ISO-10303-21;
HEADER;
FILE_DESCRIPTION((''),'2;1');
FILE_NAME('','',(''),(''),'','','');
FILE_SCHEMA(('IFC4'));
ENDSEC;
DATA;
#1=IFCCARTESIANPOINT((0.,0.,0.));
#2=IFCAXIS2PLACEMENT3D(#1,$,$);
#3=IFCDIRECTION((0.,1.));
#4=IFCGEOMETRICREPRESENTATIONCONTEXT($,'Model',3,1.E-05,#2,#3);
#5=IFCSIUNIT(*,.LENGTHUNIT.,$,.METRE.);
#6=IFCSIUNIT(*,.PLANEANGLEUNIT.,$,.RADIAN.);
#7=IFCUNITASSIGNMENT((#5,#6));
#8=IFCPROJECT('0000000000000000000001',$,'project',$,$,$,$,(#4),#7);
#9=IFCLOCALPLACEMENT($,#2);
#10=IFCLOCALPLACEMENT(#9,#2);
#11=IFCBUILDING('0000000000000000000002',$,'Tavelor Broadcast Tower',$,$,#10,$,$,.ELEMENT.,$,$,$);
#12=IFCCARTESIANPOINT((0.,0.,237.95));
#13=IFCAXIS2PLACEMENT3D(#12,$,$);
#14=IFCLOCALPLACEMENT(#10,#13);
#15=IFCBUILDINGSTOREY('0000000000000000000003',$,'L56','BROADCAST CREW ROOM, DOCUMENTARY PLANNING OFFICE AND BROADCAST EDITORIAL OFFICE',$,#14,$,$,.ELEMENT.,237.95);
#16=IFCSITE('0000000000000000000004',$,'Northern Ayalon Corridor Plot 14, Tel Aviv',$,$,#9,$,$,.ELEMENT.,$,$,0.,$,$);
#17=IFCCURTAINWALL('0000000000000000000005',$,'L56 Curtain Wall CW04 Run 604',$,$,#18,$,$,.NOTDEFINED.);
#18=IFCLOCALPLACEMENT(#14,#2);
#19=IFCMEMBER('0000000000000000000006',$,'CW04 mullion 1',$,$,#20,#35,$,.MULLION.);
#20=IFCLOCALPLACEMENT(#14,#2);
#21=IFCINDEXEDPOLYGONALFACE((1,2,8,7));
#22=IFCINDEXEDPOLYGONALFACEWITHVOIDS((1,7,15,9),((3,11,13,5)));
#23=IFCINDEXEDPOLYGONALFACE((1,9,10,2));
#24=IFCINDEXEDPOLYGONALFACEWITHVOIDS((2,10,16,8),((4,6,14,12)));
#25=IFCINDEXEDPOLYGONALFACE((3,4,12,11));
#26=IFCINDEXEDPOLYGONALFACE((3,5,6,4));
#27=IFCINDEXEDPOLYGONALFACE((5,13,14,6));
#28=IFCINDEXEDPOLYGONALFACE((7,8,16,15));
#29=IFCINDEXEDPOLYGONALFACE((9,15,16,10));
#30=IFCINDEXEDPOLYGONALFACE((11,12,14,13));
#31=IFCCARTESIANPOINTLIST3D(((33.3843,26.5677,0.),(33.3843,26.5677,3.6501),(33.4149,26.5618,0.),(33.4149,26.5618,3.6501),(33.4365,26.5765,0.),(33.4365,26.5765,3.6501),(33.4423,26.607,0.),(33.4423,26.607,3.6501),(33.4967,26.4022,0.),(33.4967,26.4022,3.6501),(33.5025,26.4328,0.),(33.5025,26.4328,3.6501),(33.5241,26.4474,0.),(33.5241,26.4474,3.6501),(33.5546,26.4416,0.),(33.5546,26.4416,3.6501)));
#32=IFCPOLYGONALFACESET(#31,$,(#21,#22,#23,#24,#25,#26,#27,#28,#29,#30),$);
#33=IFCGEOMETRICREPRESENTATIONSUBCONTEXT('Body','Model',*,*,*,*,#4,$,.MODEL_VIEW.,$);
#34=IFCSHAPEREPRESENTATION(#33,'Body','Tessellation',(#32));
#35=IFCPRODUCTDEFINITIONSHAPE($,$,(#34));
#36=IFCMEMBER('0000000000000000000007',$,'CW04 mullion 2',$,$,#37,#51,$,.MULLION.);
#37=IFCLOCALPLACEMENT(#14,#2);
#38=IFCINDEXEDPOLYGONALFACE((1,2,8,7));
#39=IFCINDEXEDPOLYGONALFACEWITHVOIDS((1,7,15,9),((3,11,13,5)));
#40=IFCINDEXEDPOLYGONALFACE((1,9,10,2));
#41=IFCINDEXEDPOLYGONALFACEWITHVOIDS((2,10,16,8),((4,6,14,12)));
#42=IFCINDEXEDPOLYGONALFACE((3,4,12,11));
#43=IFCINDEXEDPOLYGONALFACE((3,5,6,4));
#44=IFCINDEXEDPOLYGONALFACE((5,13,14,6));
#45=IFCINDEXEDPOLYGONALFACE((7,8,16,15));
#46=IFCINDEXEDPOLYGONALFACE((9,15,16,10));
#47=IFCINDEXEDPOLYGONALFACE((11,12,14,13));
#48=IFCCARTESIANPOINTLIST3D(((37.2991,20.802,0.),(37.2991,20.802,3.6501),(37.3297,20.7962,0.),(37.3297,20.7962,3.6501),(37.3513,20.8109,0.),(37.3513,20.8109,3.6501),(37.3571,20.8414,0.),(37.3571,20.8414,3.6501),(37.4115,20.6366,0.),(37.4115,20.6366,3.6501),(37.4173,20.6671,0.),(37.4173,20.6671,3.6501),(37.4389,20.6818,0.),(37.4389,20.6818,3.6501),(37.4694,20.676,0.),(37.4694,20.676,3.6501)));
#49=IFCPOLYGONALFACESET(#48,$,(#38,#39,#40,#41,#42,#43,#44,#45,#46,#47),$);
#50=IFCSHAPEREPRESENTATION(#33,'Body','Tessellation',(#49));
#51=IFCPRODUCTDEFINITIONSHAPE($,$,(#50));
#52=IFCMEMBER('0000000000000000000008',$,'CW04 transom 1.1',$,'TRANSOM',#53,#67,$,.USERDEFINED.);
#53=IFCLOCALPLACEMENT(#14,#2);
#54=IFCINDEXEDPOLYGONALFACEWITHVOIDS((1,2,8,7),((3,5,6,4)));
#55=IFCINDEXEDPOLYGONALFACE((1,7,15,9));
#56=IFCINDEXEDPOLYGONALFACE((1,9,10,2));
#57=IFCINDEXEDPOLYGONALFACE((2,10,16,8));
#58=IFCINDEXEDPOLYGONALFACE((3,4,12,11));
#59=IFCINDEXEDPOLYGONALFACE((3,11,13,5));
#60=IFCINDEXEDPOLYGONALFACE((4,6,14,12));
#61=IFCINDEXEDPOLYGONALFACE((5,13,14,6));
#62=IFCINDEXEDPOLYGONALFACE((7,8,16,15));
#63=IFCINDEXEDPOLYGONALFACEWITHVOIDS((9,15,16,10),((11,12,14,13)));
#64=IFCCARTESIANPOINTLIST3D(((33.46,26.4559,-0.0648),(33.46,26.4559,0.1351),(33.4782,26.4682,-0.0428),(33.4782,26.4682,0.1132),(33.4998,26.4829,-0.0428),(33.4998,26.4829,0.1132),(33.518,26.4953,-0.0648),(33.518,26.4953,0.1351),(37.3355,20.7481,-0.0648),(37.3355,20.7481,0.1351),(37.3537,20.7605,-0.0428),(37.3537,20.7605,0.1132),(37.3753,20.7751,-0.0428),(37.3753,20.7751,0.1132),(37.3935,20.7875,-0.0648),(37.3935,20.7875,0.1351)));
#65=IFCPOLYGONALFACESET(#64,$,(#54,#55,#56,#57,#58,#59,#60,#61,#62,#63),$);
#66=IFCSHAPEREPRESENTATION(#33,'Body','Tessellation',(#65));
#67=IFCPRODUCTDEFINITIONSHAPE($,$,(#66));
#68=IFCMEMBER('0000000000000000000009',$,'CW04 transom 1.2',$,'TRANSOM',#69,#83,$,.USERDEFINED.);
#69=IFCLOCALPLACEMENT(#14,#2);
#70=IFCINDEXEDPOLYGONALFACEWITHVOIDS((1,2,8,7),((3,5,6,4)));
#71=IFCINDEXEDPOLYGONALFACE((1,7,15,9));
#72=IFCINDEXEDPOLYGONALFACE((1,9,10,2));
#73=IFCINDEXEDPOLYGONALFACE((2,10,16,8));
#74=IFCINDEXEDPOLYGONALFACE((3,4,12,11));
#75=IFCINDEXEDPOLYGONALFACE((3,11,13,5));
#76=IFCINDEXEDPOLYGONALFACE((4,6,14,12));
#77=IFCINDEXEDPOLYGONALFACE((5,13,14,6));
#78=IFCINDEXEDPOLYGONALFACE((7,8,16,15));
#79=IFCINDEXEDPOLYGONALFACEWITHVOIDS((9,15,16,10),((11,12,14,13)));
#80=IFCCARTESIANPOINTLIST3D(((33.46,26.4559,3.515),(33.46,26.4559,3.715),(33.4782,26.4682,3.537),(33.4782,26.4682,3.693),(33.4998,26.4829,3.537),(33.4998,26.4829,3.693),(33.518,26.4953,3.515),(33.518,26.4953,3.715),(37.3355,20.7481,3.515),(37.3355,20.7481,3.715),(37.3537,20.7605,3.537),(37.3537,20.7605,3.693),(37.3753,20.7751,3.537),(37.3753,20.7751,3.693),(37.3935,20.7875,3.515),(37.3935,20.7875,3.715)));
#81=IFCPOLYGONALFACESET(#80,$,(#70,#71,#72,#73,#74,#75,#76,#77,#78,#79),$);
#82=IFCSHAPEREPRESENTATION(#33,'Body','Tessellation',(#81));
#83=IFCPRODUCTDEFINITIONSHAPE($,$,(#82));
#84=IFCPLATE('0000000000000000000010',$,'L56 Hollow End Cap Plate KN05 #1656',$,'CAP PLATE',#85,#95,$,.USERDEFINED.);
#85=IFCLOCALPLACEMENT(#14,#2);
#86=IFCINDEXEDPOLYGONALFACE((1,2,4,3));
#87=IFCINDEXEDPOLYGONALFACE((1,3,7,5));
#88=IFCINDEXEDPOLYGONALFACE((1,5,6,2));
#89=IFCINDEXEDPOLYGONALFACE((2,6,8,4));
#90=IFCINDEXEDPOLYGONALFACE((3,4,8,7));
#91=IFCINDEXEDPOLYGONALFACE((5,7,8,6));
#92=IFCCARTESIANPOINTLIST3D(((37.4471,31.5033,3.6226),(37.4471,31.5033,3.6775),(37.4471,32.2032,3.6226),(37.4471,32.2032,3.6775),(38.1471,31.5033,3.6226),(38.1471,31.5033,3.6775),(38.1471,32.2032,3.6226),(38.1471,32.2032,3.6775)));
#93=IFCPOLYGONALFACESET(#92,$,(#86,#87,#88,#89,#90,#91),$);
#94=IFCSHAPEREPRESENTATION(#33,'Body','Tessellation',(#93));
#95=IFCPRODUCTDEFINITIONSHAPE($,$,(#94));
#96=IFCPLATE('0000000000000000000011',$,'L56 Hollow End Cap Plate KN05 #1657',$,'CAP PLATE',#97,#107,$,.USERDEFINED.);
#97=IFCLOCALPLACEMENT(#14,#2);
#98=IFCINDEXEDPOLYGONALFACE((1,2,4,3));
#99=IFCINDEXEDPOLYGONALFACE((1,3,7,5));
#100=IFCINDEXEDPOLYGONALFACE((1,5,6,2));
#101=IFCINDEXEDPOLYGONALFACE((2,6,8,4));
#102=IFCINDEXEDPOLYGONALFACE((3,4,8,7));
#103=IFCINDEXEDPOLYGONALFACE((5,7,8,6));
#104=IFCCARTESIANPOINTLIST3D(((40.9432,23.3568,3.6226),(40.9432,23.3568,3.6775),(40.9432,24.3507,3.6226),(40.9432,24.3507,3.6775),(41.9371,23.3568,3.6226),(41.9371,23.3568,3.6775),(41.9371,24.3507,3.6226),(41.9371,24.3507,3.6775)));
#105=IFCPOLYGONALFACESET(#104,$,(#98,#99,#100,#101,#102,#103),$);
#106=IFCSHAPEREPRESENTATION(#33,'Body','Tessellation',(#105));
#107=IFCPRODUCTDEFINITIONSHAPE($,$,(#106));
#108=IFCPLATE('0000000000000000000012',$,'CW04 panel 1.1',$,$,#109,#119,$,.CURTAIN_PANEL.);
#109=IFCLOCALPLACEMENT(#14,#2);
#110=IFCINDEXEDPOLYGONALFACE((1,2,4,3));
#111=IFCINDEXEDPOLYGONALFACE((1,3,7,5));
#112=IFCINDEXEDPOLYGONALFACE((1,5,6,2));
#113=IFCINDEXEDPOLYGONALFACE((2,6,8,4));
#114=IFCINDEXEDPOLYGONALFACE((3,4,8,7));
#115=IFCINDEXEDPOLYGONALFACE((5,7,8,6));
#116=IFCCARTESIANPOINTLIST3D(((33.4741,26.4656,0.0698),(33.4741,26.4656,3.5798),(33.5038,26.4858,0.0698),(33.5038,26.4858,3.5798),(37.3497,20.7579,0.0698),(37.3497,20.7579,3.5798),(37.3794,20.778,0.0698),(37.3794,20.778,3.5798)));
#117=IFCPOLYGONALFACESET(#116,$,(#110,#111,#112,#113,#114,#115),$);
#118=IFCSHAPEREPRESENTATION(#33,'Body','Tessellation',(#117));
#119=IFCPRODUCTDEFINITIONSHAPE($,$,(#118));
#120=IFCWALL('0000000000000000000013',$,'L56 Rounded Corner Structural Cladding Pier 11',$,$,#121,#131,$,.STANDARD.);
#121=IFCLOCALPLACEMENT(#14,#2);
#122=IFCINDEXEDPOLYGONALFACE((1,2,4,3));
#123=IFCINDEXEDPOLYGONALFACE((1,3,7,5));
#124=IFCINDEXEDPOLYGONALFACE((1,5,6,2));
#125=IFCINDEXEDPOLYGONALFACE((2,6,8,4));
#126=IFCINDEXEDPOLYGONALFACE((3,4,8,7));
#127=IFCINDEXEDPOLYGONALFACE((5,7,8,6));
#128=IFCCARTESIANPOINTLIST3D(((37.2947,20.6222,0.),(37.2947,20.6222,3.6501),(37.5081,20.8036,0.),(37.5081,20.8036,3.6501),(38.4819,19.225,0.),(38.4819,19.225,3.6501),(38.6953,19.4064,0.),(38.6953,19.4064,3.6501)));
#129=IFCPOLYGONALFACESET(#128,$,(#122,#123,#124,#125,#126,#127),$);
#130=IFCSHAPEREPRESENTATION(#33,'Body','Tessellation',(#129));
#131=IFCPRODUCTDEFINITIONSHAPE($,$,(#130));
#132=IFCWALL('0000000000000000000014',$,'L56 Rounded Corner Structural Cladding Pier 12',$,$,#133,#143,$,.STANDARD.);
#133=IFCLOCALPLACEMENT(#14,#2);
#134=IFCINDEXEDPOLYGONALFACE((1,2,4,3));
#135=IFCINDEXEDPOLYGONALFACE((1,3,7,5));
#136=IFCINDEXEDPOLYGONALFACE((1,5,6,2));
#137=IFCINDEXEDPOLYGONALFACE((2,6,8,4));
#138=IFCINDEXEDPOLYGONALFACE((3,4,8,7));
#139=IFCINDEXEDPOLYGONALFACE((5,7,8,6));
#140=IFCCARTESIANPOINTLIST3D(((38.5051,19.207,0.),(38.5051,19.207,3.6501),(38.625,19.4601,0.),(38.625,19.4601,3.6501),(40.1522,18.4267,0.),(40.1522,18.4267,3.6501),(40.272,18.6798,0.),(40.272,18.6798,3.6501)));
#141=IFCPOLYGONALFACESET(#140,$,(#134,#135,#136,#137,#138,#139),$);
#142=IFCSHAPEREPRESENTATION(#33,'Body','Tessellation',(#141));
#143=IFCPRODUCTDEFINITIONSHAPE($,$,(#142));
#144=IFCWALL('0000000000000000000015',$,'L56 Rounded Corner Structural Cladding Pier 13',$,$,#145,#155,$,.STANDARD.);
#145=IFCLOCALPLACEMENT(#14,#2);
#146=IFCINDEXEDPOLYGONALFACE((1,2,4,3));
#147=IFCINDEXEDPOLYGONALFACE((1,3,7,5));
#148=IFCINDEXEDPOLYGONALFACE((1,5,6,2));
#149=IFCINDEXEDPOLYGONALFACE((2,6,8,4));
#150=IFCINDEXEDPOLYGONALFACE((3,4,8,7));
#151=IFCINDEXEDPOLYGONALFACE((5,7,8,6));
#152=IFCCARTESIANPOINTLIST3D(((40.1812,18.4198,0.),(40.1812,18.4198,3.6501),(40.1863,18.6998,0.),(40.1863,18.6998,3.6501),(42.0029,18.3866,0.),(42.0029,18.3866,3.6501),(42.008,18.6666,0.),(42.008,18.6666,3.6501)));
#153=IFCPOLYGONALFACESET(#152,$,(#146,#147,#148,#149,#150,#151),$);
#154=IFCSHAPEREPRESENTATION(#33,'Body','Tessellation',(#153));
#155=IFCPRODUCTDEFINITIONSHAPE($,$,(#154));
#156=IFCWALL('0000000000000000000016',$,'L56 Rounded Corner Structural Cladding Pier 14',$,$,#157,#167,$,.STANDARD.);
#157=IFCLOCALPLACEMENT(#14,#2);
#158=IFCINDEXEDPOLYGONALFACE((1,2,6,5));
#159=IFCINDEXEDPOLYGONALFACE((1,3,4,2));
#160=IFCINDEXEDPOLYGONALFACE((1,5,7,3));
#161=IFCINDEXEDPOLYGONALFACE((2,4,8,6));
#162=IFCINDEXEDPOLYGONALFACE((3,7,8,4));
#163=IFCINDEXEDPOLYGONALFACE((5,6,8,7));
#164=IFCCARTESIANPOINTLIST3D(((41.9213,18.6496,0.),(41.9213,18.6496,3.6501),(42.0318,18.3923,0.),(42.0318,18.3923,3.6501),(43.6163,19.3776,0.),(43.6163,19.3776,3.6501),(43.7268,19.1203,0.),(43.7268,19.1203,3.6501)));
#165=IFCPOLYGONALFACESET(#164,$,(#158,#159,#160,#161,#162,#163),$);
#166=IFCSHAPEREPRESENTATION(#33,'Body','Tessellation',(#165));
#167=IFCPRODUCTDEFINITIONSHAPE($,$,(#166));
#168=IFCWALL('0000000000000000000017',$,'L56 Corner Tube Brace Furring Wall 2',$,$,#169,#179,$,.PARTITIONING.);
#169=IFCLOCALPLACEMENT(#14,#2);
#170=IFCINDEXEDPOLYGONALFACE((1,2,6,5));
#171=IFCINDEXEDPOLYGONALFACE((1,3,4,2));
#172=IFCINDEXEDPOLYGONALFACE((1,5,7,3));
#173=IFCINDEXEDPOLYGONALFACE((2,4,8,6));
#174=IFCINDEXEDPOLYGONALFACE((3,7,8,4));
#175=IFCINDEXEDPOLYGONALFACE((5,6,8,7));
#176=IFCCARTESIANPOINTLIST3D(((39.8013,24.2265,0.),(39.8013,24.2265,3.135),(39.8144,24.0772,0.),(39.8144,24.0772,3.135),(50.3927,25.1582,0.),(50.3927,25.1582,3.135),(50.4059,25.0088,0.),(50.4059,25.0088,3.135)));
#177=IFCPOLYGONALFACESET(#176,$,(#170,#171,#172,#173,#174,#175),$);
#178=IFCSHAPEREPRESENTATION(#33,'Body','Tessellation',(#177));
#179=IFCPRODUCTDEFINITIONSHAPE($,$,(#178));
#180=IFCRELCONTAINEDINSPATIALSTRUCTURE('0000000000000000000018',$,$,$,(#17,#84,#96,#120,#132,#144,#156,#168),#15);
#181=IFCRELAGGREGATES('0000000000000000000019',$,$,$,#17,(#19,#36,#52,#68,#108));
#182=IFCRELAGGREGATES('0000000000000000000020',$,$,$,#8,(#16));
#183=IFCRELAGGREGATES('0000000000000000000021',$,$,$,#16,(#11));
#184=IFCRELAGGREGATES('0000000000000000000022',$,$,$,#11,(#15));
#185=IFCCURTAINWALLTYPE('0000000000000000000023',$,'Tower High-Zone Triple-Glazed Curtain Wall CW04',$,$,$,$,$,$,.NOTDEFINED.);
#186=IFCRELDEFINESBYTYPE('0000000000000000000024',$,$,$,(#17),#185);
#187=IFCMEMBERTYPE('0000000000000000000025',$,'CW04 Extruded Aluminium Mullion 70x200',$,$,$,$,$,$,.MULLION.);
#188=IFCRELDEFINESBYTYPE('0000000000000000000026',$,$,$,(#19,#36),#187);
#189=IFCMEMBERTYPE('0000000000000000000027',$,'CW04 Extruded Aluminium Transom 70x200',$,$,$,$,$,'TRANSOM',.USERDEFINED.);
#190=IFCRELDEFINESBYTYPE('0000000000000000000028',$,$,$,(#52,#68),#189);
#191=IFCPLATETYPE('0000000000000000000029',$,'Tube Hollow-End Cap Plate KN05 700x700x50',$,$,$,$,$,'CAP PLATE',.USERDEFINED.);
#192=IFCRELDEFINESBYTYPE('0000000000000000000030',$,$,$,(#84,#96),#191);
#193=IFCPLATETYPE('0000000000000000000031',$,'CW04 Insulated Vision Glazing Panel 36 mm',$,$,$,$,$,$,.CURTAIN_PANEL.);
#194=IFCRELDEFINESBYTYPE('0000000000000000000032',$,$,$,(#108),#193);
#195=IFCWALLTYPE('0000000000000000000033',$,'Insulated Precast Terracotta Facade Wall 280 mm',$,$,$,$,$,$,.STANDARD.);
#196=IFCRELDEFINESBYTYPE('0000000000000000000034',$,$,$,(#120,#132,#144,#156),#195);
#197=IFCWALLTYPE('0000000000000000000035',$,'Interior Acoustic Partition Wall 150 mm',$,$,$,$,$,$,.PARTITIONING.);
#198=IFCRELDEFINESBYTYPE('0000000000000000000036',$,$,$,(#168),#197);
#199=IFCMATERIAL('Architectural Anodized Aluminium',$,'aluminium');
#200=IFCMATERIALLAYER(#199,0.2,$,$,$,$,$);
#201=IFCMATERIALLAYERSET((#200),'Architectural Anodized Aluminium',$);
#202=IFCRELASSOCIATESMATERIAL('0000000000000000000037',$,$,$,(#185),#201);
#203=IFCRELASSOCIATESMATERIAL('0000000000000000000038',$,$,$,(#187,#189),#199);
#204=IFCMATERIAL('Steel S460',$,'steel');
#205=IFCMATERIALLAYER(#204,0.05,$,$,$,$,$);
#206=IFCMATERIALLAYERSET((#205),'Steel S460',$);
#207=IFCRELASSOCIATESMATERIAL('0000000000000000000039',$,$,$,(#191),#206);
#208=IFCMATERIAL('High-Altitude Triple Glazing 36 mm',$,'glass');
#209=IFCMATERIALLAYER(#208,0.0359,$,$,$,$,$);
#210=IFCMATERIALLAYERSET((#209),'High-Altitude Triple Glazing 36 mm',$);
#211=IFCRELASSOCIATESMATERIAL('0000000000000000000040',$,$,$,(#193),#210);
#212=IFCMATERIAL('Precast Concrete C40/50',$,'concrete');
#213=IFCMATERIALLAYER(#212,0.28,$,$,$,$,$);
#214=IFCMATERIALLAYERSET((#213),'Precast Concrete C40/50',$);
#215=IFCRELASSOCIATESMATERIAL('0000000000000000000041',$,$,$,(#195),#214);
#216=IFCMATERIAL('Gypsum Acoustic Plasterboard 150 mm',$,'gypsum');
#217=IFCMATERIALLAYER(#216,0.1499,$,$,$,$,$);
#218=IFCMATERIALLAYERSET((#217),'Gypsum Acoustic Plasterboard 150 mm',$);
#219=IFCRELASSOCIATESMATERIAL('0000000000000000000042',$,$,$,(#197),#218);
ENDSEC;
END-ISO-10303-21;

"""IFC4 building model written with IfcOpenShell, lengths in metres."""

from ifc_helpers import new_model, si_unit, direction, frame, frame_2d, origin, origin_2d, place, context, subcontext, project, spatial, rectangle, hollow_rectangle, extrude, source, transform, mapped, material, layer, layer_set, material_profile, profile_set, type_object, type_shapes, element, aggregate, save


model = new_model("IFC4")

# Units and contexts
model_context = context("Model", 3, precision=1e-05, world=origin(), true_north=direction((0.0, 1.0)))
body_context = subcontext(model_context, "Body", "Model", "MODEL_VIEW")
ifc_project = project(units=[si_unit("LENGTHUNIT", "METRE"), si_unit("PLANEANGLEUNIT", "RADIAN")], contexts=[model_context])

# Site, building, storey
site_placement = place(None, origin())
site = spatial("IfcSite", under=ifc_project, at=site_placement, Name="Northern Ayalon Corridor Plot 14, Tel Aviv", CompositionType="ELEMENT", RefElevation=0.0)
building_placement = place(site_placement, origin())
building = spatial("IfcBuilding", under=site, at=building_placement, Name="Tavelor Broadcast Tower", CompositionType="ELEMENT")
storey_placement = place(building_placement, frame((0.0, 0.0, 237.95)))
storey = spatial("IfcBuildingStorey", under=building, at=storey_placement, Name="L56", Description="BROADCAST CREW ROOM, DOCUMENTARY PLANNING OFFICE AND BROADCAST EDITORIAL OFFICE", CompositionType="ELEMENT", Elevation=237.95)

# Shared definitions
ifc_material_1 = material(Name="Steel S460", Category="steel")

# Curtain wall, members
ifc_material_2 = material(Name="Architectural Anodized Aluminium", Category="aluminium")
ifc_layer_1 = layer(ifc_material_2, 0.2)
ifc_layer_set_1 = layer_set([ifc_layer_1], Name="Architectural Anodized Aluminium")
curtain_wall_type = type_object("IfcCurtainWallType", Name="Tower High-Zone Triple-Glazed Curtain Wall CW04", PredefinedType="NOTDEFINED", material=ifc_layer_set_1)
curtain_wall_placement = place(storey_placement, origin())
curtain_wall = element("IfcCurtainWall", 1, at=curtain_wall_placement, inside=storey, type_object=curtain_wall_type, Name="L56 Curtain Wall CW04 Run 604", PredefinedType="NOTDEFINED")
ifc_material_profile_1 = material_profile(ifc_material_2, hollow_rectangle(XDim=0.0701, YDim=0.2, WallThickness=0.022, at=origin_2d()), Name="RHS 70x200x22")
ifc_profile_set_1 = profile_set([ifc_material_profile_1], Name="Architectural Anodized Aluminium")
member_type_1 = type_object("IfcMemberType", Name="CW04 Extruded Aluminium Mullion 70x200", PredefinedType="MULLION", material=ifc_profile_set_1)
shared_shape_1 = source(origin(), body_context, "Body", "SweptSolid", [
    extrude(hollow_rectangle(XDim=0.0701, YDim=0.2, WallThickness=0.022, at=origin_2d()), origin(), (0.0, 0.0, 1.0), 3.6501),
])
type_shapes(member_type_1, [shared_shape_1])
member_1_placement = place(storey_placement, frame((33.4695, 26.5046, 0.0), z_axis=(0.0, 0.0, 1.0), x_axis=(0.827308, 0.561748, 0.0)))
member_1 = element("IfcMember", 2, at=member_1_placement, type_object=member_type_1, Name="CW04 mullion 1", PredefinedType="MULLION", context=body_context, shape_type="MappedRepresentation", body=[
    mapped(shared_shape_1, transform((0.0, 0.0, 0.0), scale=1.0)),
])
member_2_placement = place(storey_placement, frame((37.3843, 20.739, 0.0), z_axis=(0.0, 0.0, 1.0), x_axis=(0.827308, 0.561748, 0.0)))
member_2 = element("IfcMember", 3, at=member_2_placement, type_object=member_type_1, Name="CW04 mullion 2", PredefinedType="MULLION", context=body_context, shape_type="MappedRepresentation", body=[
    mapped(shared_shape_1, transform((0.0, 0.0, 0.0), scale=1.0)),
])
ifc_material_profile_2 = material_profile(ifc_material_2, hollow_rectangle(XDim=0.0701, YDim=0.2, WallThickness=0.022, at=origin_2d()), Name="RHS 70x200x22")
ifc_profile_set_2 = profile_set([ifc_material_profile_2], Name="Architectural Anodized Aluminium")
member_type_2 = type_object("IfcMemberType", Name="CW04 Extruded Aluminium Transom 70x200", ElementType="TRANSOM", PredefinedType="USERDEFINED", material=ifc_profile_set_2)
shared_shape_2 = source(origin(), body_context, "Body", "SweptSolid", [
    extrude(hollow_rectangle(XDim=0.0701, YDim=0.2, WallThickness=0.022, at=origin_2d()), origin(), (0.0, 0.0, 1.0), 6.8992),
])
type_shapes(member_type_2, [shared_shape_2])
member_3_placement = place(storey_placement, frame((33.489, 26.4756, 0.0352), z_axis=(0.561736, -0.827317, 0.0), x_axis=(0.827317, 0.561736, 0.0)))
member_3 = element("IfcMember", 4, at=member_3_placement, type_object=member_type_2, Name="CW04 transom 1.1", ObjectType="TRANSOM", PredefinedType="USERDEFINED", context=body_context, shape_type="MappedRepresentation", body=[
    mapped(shared_shape_2, transform((0.0, 0.0, 0.0), scale=1.0)),
])
member_4_placement = place(storey_placement, frame((33.489, 26.4756, 3.615), z_axis=(0.561736, -0.827317, 0.0), x_axis=(0.827317, 0.561736, 0.0)))
member_4 = element("IfcMember", 5, at=member_4_placement, type_object=member_type_2, Name="CW04 transom 1.2", ObjectType="TRANSOM", PredefinedType="USERDEFINED", context=body_context, shape_type="MappedRepresentation", body=[
    mapped(shared_shape_2, transform((0.0, 0.0, 0.0), scale=1.0)),
])

# Plates
ifc_layer_2 = layer(ifc_material_1, 0.05)
ifc_layer_set_2 = layer_set([ifc_layer_2], Name="Steel S460")
plate_type_1 = type_object("IfcPlateType", Name="Tube Hollow-End Cap Plate KN05 700x700x50", ElementType="CAP PLATE", PredefinedType="USERDEFINED", material=ifc_layer_set_2)
shared_shape_3 = source(origin(), body_context, "Body", "SweptSolid", [
    extrude(rectangle(XDim=0.7, YDim=0.7, at=origin_2d()), origin(), (0.0, 0.0, 1.0), 0.0549),
])
plate_1_placement = place(storey_placement, frame((37.7971, 31.8533, 3.6226), z_axis=(0.0, 0.0, 1.0), x_axis=(1.0, 0.0, 0.0)))
element("IfcPlate", 6, at=plate_1_placement, inside=storey, type_object=plate_type_1, Name="L56 Hollow End Cap Plate KN05 #1656", ObjectType="CAP PLATE", PredefinedType="USERDEFINED", context=body_context, shape_type="MappedRepresentation", body=[
    mapped(shared_shape_3, transform((0.0, 0.0, 0.0), scale=1.0)),
])
shared_shape_4 = source(origin(), body_context, "Body", "SweptSolid", [
    extrude(rectangle(XDim=0.9939, YDim=0.9939, at=origin_2d()), origin(), (0.0, 0.0, 1.0), 0.0549),
])
type_shapes(plate_type_1, [shared_shape_3, shared_shape_4])
plate_2_placement = place(storey_placement, frame((41.4402, 23.8538, 3.6226), z_axis=(0.0, 0.0, 1.0), x_axis=(1.0, 0.0, 0.0)))
element("IfcPlate", 7, at=plate_2_placement, inside=storey, type_object=plate_type_1, Name="L56 Hollow End Cap Plate KN05 #1657", ObjectType="CAP PLATE", PredefinedType="USERDEFINED", context=body_context, shape_type="MappedRepresentation", body=[
    mapped(shared_shape_4, transform((0.0, 0.0, 0.0), scale=1.0)),
])

# Plate
ifc_material_3 = material(Name="High-Altitude Triple Glazing 36 mm", Category="glass")
ifc_layer_3 = layer(ifc_material_3, 0.0359)
ifc_layer_set_3 = layer_set([ifc_layer_3], Name="High-Altitude Triple Glazing 36 mm")
plate_type_2 = type_object("IfcPlateType", Name="CW04 Insulated Vision Glazing Panel 36 mm", PredefinedType="CURTAIN_PANEL", material=ifc_layer_set_3)
shared_shape_5 = source(origin(), body_context, "Body", "SweptSolid", [
    extrude(rectangle(XDim=6.8992, YDim=0.0359, at=origin_2d()), origin(), (0.0, 0.0, 1.0), 3.51),
])
type_shapes(plate_type_2, [shared_shape_5])
plate_3_placement = place(storey_placement, frame((35.4268, 23.6218, 0.0698), z_axis=(0.0, 0.0, 1.0), x_axis=(0.561748, -0.827308, 0.0)))
plate_3 = element("IfcPlate", 8, at=plate_3_placement, type_object=plate_type_2, Name="CW04 panel 1.1", PredefinedType="CURTAIN_PANEL", context=body_context, shape_type="MappedRepresentation", body=[
    mapped(shared_shape_5, transform((0.0, 0.0, 0.0), scale=1.0)),
])
aggregate(curtain_wall, [member_1, member_2, member_3, member_4, plate_3])

# Walls
ifc_material_4 = material(Name="Precast Concrete C40/50", Category="concrete")
ifc_layer_4 = layer(ifc_material_4, 0.28)
ifc_layer_set_4 = layer_set([ifc_layer_4], Name="Precast Concrete C40/50")
wall_type_1 = type_object("IfcWallType", Name="Insulated Precast Terracotta Facade Wall 280 mm", PredefinedType="STANDARD", material=ifc_layer_set_4)
wall_1_placement = place(storey_placement, frame((37.4014, 20.7129, 0.0), z_axis=(0.0, 0.0, 1.0), x_axis=(0.647529, -0.762041, 0.0)))
element("IfcWall", 9, at=wall_1_placement, inside=storey, type_object=wall_type_1, Name="L56 Rounded Corner Structural Cladding Pier 11", PredefinedType="STANDARD", context=body_context, shape_type="SweptSolid", body=[
    extrude(rectangle(XDim=1.8335, YDim=0.28, at=frame_2d((0.9167, 0.0))), origin(), (0.0, 0.0, 1.0), 3.6501),
])
wall_2_placement = place(storey_placement, frame((38.5652, 19.3335, 0.0), z_axis=(0.0, 0.0, 1.0), x_axis=(0.903711, -0.428144, 0.0)))
element("IfcWall", 10, at=wall_2_placement, inside=storey, type_object=wall_type_1, Name="L56 Rounded Corner Structural Cladding Pier 12", PredefinedType="STANDARD", context=body_context, shape_type="SweptSolid", body=[
    extrude(rectangle(XDim=1.8225, YDim=0.28, at=frame_2d((0.9111, 0.0))), origin(), (0.0, 0.0, 1.0), 3.6501),
])
wall_3_placement = place(storey_placement, frame((40.1836, 18.5598, 0.0), z_axis=(0.0, 0.0, 1.0), x_axis=(0.999834, -0.018223, 0.0)))
element("IfcWall", 11, at=wall_3_placement, inside=storey, type_object=wall_type_1, Name="L56 Rounded Corner Structural Cladding Pier 13", PredefinedType="STANDARD", context=body_context, shape_type="SweptSolid", body=[
    extrude(rectangle(XDim=1.822, YDim=0.28, at=frame_2d((0.9111, 0.0))), origin(), (0.0, 0.0, 1.0), 3.6501),
])
wall_4_placement = place(storey_placement, frame((41.9766, 18.521, 0.0), z_axis=(0.0, 0.0, 1.0), x_axis=(0.918837, 0.394638, 0.0)))
element("IfcWall", 12, at=wall_4_placement, inside=storey, type_object=wall_type_1, Name="L56 Rounded Corner Structural Cladding Pier 14", PredefinedType="STANDARD", context=body_context, shape_type="SweptSolid", body=[
    extrude(rectangle(XDim=1.8447, YDim=0.28, at=frame_2d((0.9224, 0.0))), origin(), (0.0, 0.0, 1.0), 3.6501),
])
ifc_material_5 = material(Name="Gypsum Acoustic Plasterboard 150 mm", Category="gypsum")
ifc_layer_5 = layer(ifc_material_5, 0.1499)
ifc_layer_set_5 = layer_set([ifc_layer_5], Name="Gypsum Acoustic Plasterboard 150 mm")
wall_type_2 = type_object("IfcWallType", Name="Interior Acoustic Partition Wall 150 mm", PredefinedType="PARTITIONING", material=ifc_layer_set_5)
wall_5_placement = place(storey_placement, frame((39.8079, 24.1519, 0.0), z_axis=(0.0, 0.0, 1.0), x_axis=(0.996154, 0.087624, 0.0)))
element("IfcWall", 13, at=wall_5_placement, inside=storey, type_object=wall_type_2, Name="L56 Corner Tube Brace Furring Wall 2", PredefinedType="PARTITIONING", context=body_context, shape_type="SweptSolid", body=[
    extrude(rectangle(XDim=10.6323, YDim=0.1499, at=frame_2d((5.3162, 0.0))), origin(), (0.0, 0.0, 1.0), 3.135),
])

save(model, "model.ifc")
